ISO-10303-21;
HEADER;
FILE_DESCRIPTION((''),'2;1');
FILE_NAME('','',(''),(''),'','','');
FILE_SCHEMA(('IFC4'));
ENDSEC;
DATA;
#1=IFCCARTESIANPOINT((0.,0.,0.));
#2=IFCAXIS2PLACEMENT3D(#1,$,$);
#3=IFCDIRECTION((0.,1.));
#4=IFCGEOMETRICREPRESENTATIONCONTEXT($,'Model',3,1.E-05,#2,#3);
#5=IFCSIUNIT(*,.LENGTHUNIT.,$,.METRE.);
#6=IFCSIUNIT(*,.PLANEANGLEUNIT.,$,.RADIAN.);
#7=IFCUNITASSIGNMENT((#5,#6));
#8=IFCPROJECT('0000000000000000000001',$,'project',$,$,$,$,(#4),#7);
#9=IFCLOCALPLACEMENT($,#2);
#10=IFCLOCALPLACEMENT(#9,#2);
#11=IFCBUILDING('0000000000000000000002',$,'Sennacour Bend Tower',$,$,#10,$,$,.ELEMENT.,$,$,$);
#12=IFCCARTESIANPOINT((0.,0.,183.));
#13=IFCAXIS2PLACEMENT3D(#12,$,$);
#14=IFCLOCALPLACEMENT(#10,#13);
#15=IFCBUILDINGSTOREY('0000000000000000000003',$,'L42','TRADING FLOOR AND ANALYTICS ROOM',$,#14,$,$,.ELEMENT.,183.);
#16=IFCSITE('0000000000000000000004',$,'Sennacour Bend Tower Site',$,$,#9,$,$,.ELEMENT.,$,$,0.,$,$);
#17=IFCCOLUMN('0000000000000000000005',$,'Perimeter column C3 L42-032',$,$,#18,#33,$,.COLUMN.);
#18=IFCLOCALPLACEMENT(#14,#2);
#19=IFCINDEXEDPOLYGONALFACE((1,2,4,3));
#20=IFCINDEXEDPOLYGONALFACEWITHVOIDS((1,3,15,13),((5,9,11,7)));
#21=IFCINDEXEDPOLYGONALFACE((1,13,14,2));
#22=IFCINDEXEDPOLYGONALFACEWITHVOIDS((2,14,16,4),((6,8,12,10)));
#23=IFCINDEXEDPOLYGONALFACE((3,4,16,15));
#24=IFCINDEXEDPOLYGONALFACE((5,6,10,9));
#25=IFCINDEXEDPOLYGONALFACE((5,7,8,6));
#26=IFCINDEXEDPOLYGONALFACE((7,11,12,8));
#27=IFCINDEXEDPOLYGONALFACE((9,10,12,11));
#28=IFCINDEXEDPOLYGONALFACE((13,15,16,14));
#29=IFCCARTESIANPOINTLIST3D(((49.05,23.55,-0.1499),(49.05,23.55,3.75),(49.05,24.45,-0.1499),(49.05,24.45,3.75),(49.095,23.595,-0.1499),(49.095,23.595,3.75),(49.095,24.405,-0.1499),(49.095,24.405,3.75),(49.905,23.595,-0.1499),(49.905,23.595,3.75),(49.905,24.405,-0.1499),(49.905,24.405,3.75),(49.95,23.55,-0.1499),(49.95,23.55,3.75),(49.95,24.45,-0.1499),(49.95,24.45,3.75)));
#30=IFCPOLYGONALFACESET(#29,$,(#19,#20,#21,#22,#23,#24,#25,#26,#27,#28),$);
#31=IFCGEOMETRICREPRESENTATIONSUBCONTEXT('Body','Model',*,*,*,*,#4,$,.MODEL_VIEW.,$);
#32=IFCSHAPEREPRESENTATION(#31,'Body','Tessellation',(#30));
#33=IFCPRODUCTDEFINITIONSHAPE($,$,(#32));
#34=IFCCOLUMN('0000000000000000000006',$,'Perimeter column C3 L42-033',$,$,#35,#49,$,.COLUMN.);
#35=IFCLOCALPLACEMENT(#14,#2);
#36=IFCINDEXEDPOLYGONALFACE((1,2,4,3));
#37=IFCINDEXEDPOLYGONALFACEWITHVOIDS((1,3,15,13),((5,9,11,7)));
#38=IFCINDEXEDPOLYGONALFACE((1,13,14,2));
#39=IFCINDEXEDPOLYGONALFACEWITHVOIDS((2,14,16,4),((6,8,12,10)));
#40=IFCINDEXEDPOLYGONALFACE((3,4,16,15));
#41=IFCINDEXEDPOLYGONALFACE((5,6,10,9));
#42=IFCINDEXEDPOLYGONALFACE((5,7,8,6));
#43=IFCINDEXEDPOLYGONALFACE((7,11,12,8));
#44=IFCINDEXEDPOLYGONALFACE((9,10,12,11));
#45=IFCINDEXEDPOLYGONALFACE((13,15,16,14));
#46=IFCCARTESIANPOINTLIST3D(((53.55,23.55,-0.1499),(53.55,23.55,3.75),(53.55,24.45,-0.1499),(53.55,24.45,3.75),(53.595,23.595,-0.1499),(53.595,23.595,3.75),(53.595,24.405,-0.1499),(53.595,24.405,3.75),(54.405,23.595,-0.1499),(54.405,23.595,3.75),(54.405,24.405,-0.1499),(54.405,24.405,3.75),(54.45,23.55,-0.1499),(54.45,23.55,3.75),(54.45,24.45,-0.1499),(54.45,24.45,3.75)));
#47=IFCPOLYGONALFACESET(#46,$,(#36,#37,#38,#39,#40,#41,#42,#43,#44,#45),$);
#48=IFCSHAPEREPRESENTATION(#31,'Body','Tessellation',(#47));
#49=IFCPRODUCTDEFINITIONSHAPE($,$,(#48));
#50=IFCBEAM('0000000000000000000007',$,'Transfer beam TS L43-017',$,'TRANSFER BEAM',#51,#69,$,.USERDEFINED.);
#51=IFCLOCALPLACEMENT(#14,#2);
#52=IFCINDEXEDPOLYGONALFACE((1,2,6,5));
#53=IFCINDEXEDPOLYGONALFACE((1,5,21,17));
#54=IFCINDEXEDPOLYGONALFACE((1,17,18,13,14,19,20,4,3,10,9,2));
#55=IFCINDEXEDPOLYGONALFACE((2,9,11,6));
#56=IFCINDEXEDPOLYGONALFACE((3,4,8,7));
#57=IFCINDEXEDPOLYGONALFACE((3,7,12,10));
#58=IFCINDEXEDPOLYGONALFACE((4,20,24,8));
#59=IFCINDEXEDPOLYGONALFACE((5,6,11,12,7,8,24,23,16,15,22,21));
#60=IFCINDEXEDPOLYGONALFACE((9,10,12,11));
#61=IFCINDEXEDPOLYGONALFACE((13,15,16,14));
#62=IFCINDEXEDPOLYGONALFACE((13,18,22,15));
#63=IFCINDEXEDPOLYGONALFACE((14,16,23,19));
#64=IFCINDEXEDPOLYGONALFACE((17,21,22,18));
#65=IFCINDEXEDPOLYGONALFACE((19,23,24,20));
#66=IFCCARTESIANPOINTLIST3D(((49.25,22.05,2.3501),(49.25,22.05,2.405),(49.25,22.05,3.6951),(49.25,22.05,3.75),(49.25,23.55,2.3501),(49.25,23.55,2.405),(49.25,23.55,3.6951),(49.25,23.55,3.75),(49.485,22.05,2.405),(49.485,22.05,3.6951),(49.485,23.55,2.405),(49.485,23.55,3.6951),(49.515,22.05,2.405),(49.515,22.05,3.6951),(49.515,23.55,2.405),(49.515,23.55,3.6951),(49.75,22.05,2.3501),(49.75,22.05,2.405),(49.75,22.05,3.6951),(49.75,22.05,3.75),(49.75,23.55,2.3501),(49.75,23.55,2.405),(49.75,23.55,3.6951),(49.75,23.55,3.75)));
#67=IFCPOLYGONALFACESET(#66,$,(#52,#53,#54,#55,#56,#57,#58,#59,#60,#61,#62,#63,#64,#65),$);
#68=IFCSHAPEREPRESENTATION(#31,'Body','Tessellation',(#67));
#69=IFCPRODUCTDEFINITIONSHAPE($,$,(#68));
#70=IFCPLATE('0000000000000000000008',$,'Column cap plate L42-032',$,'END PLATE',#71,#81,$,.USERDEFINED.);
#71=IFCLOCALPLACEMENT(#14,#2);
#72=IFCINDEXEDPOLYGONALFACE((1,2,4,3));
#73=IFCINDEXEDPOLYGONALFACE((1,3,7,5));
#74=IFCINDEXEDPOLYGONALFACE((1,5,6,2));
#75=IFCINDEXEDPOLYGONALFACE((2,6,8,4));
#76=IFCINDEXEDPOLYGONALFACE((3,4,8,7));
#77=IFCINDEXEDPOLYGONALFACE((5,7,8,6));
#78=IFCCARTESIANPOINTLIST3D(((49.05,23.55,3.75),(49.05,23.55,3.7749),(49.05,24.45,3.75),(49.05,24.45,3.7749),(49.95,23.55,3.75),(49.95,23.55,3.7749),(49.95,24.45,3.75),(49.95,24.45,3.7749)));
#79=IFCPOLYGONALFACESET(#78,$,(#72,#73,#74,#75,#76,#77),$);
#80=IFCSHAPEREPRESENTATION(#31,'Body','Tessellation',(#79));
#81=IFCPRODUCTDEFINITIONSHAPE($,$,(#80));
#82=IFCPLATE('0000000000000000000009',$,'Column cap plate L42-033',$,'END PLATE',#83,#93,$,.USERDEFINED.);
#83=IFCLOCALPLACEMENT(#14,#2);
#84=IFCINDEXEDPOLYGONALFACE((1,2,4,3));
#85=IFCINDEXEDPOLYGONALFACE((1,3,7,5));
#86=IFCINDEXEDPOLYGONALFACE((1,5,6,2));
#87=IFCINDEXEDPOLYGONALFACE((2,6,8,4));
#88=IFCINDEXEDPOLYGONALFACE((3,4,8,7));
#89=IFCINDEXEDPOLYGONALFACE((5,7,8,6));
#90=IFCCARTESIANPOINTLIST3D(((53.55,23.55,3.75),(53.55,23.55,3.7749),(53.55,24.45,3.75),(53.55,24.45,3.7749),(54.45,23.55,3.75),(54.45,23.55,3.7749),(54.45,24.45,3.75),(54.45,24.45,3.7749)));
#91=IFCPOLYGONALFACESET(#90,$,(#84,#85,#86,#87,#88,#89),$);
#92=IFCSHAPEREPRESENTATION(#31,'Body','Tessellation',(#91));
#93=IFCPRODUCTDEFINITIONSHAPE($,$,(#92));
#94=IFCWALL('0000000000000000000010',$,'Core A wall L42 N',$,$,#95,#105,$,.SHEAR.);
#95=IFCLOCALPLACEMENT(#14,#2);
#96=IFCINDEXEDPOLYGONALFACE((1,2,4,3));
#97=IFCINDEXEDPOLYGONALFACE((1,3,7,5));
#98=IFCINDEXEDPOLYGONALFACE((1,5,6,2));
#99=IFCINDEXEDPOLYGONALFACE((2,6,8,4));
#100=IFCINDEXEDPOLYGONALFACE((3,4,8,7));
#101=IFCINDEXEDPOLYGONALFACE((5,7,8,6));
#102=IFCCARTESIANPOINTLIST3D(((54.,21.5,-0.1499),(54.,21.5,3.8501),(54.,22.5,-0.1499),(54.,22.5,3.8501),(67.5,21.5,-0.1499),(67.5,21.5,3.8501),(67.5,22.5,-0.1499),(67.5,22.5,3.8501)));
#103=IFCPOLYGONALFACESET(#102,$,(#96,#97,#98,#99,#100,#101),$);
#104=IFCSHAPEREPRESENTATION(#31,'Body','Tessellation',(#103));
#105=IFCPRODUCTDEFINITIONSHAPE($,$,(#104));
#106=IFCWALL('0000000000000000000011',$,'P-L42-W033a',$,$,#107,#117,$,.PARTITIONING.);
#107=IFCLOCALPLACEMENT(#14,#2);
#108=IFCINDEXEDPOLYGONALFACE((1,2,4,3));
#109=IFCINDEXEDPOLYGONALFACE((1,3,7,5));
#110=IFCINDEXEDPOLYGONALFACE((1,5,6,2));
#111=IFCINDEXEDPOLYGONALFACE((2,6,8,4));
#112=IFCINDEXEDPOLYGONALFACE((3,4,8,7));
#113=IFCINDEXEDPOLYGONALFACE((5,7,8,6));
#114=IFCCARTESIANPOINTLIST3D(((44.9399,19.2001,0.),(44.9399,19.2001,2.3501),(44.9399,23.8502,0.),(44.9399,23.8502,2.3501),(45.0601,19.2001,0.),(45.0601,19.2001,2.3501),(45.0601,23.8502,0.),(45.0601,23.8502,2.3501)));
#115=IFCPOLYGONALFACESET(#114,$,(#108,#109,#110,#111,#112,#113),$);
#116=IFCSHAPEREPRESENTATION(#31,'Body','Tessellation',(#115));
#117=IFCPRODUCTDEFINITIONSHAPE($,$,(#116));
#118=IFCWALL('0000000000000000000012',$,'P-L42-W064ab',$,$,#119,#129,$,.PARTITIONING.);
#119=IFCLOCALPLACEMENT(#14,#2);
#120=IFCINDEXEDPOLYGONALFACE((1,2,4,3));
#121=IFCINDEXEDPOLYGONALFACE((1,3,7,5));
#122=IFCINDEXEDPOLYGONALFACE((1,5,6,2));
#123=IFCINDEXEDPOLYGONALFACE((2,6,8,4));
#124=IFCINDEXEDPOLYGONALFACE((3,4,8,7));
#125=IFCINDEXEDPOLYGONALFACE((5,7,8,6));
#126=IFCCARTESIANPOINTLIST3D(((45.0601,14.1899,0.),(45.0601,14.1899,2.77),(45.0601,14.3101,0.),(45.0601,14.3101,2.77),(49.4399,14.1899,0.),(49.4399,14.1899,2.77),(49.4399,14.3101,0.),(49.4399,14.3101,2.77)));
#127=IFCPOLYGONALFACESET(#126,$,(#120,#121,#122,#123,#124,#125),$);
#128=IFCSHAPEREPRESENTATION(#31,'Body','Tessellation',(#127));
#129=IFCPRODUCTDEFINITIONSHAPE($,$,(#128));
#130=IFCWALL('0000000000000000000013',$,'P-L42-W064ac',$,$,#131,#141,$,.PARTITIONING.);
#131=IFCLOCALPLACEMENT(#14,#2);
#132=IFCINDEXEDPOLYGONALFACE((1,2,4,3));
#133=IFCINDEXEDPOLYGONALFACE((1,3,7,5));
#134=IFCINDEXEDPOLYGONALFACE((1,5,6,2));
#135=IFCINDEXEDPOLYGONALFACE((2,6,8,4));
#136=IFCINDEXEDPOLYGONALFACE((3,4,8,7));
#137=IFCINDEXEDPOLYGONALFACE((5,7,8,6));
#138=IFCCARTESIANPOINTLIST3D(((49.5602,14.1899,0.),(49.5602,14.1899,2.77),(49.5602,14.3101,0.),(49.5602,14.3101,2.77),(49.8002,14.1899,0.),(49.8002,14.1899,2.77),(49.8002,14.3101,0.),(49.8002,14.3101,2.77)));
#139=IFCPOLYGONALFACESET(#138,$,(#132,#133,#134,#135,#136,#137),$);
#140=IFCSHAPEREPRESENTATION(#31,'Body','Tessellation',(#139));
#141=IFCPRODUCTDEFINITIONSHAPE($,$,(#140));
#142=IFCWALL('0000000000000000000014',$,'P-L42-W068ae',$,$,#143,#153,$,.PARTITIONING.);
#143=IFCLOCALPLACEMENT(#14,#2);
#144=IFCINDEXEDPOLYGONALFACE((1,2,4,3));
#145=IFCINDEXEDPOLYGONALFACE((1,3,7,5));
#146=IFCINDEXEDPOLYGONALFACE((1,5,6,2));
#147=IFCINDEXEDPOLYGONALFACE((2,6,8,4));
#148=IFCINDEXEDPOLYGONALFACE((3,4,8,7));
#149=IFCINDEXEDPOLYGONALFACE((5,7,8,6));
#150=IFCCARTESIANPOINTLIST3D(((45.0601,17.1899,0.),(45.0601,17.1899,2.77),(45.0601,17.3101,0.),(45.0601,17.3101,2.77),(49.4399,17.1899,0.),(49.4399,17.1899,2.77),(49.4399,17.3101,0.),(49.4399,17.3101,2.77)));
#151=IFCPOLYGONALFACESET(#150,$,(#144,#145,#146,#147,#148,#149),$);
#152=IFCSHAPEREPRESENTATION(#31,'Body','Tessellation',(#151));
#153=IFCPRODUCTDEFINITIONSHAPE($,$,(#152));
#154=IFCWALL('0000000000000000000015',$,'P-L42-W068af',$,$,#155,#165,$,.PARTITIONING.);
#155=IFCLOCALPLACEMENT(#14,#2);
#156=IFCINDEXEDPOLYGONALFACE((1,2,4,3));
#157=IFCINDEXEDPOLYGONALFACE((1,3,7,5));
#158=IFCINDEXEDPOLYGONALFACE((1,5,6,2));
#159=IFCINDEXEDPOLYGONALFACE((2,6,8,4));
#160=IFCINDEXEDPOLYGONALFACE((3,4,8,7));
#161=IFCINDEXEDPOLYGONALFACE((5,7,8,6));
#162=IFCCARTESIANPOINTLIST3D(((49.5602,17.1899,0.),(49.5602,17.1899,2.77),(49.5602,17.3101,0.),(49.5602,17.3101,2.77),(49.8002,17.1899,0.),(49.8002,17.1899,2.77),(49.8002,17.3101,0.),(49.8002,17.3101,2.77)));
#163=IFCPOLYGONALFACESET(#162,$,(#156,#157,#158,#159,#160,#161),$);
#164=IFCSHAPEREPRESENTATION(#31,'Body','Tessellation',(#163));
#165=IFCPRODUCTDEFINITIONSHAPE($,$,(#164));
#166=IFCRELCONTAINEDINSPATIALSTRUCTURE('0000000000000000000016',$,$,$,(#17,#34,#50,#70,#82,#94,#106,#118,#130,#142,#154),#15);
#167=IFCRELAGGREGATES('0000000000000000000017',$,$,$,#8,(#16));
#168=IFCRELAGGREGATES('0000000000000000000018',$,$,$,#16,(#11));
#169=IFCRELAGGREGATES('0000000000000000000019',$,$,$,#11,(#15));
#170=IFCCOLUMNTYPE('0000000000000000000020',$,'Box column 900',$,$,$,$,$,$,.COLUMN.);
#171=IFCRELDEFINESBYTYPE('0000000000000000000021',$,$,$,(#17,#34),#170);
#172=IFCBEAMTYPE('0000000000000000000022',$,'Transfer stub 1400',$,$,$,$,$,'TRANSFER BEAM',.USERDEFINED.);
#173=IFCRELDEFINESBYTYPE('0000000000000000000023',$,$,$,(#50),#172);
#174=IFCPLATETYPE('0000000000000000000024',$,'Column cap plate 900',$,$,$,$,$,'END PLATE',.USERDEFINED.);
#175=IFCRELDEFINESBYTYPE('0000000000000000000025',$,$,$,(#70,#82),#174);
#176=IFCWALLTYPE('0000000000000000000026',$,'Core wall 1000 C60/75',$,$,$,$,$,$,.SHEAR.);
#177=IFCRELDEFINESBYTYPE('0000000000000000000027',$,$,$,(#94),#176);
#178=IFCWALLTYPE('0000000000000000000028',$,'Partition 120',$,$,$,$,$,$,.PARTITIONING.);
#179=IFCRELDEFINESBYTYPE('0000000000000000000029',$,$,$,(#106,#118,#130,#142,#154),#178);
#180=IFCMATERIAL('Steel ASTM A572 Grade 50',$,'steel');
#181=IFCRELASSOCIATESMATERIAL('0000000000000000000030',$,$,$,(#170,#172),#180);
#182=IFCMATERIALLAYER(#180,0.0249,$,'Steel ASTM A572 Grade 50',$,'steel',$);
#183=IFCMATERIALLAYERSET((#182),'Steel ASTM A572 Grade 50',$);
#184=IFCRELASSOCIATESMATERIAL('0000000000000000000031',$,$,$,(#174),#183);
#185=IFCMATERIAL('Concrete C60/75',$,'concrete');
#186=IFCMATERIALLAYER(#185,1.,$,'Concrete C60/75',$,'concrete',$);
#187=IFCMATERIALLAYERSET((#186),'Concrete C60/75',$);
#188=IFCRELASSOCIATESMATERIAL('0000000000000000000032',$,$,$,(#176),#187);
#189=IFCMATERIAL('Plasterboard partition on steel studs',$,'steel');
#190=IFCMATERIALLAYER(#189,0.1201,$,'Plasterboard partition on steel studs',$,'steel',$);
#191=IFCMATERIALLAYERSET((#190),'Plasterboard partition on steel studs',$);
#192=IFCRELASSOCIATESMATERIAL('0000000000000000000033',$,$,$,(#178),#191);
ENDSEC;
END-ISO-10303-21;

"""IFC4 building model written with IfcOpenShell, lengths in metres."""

from ifc_helpers import new_model, si_unit, direction, frame, frame_2d, origin, origin_2d, place, context, subcontext, project, spatial, rectangle, hollow_rectangle, i_section, extrude, material, layer, layer_set, material_profile, profile_set, type_object, element, save


model = new_model("IFC4")

# Units and contexts
model_context = context("Model", 3, precision=1e-05, world=origin(), true_north=direction((0.0, 1.0)))
body_context = subcontext(model_context, "Body", "Model", "MODEL_VIEW")
ifc_project = project(units=[si_unit("LENGTHUNIT", "METRE"), si_unit("PLANEANGLEUNIT", "RADIAN")], contexts=[model_context])

# Site, building, storey
site_placement = place(None, origin())
site = spatial("IfcSite", under=ifc_project, at=site_placement, Name="Sennacour Bend Tower Site", CompositionType="ELEMENT", RefElevation=0.0)
building_placement = place(site_placement, origin())
building = spatial("IfcBuilding", under=site, at=building_placement, Name="Sennacour Bend Tower", CompositionType="ELEMENT")
storey_placement = place(building_placement, frame((0.0, 0.0, 183.0)))
storey = spatial("IfcBuildingStorey", under=building, at=storey_placement, Name="L42", Description="TRADING FLOOR AND ANALYTICS ROOM", CompositionType="ELEMENT", Elevation=183.0)

# Columns
ifc_material_1 = material(Name="Steel ASTM A572 Grade 50", Category="steel")
ifc_material_profile_1 = material_profile(ifc_material_1, hollow_rectangle(XDim=0.8999, YDim=0.8999, WallThickness=0.0449, at=origin_2d()), Name="Steel ASTM A572 Grade 50", Category="steel")
ifc_profile_set_1 = profile_set([ifc_material_profile_1], Name="Steel ASTM A572 Grade 50")
column_type = type_object("IfcColumnType", Name="Box column 900", PredefinedType="COLUMN", material=ifc_profile_set_1)
for number, where, z_axis, x_axis, name in (
    (1, (49.5, 24.0, -0.1499), (0.0, 0.0, 1.0), (1.0, 0.0, 0.0), "Perimeter column C3 L42-032"),
    (2, (54.0, 24.0, -0.1499), (0.0, 0.0, 1.0), (1.0, 0.0, 0.0), "Perimeter column C3 L42-033"),
):
    element("IfcColumn", number, at=place(storey_placement, frame(where, z_axis=z_axis, x_axis=x_axis)), inside=storey, type_object=column_type, Name=name, PredefinedType="COLUMN", context=body_context, shape_type="SweptSolid", body=[
        extrude(hollow_rectangle(XDim=0.8999, YDim=0.8999, WallThickness=0.0449, at=origin_2d()), origin(), (0.0, 0.0, 1.0), 3.8999),
    ])

# Beam
ifc_material_profile_2 = material_profile(ifc_material_1, i_section(OverallWidth=0.5, OverallDepth=1.3999, WebThickness=0.03, FlangeThickness=0.0549, at=origin_2d()), Name="Steel ASTM A572 Grade 50", Category="steel")
ifc_profile_set_2 = profile_set([ifc_material_profile_2], Name="Steel ASTM A572 Grade 50")
beam_type = type_object("IfcBeamType", Name="Transfer stub 1400", ElementType="TRANSFER BEAM", PredefinedType="USERDEFINED", material=ifc_profile_set_2)
beam_placement = place(storey_placement, frame((49.5, 23.55, 3.05), z_axis=(0.0, -1.0, 0.0), x_axis=(1.0, 0.0, 0.0)))
element("IfcBeam", 3, at=beam_placement, inside=storey, type_object=beam_type, Name="Transfer beam TS L43-017", ObjectType="TRANSFER BEAM", PredefinedType="USERDEFINED", context=body_context, shape_type="SweptSolid", body=[
    extrude(i_section(OverallWidth=0.5, OverallDepth=1.3999, WebThickness=0.03, FlangeThickness=0.0549, at=origin_2d()), origin(), (0.0, 0.0, 1.0), 1.5),
])

# Plates
ifc_layer_1 = layer(ifc_material_1, 0.0249, Name="Steel ASTM A572 Grade 50", Category="steel")
ifc_layer_set_1 = layer_set([ifc_layer_1], Name="Steel ASTM A572 Grade 50")
plate_type = type_object("IfcPlateType", Name="Column cap plate 900", ElementType="END PLATE", PredefinedType="USERDEFINED", material=ifc_layer_set_1)
for number, where, z_axis, x_axis, name in (
    (4, (49.5, 24.0, 3.75), (0.0, 0.0, 1.0), (1.0, 0.0, 0.0), "Column cap plate L42-032"),
    (5, (54.0, 24.0, 3.75), (0.0, 0.0, 1.0), (1.0, 0.0, 0.0), "Column cap plate L42-033"),
):
    element("IfcPlate", number, at=place(storey_placement, frame(where, z_axis=z_axis, x_axis=x_axis)), inside=storey, type_object=plate_type, Name=name, ObjectType="END PLATE", PredefinedType="USERDEFINED", context=body_context, shape_type="SweptSolid", body=[
        extrude(rectangle(XDim=0.8999, YDim=0.8999, at=origin_2d()), origin(), (0.0, 0.0, 1.0), 0.0249),
    ])

# Walls
ifc_material_2 = material(Name="Concrete C60/75", Category="concrete")
ifc_layer_2 = layer(ifc_material_2, 1.0, Name="Concrete C60/75", Category="concrete")
ifc_layer_set_2 = layer_set([ifc_layer_2], Name="Concrete C60/75")
wall_type_1 = type_object("IfcWallType", Name="Core wall 1000 C60/75", PredefinedType="SHEAR", material=ifc_layer_set_2)
wall_1_placement = place(storey_placement, frame((54.0, 22.0, -0.1499), z_axis=(0.0, 0.0, 1.0), x_axis=(1.0, 0.0, 0.0)))
element("IfcWall", 6, at=wall_1_placement, inside=storey, type_object=wall_type_1, Name="Core A wall L42 N", PredefinedType="SHEAR", context=body_context, shape_type="SweptSolid", body=[
    extrude(rectangle(XDim=13.5, YDim=1.0, at=frame_2d((6.75, 0.0))), origin(), (0.0, 0.0, 1.0), 4.0),
])
ifc_material_3 = material(Name="Plasterboard partition on steel studs", Category="steel")
ifc_layer_3 = layer(ifc_material_3, 0.1201, Name="Plasterboard partition on steel studs", Category="steel")
ifc_layer_set_3 = layer_set([ifc_layer_3], Name="Plasterboard partition on steel studs")
wall_type_2 = type_object("IfcWallType", Name="Partition 120", PredefinedType="PARTITIONING", material=ifc_layer_set_3)
wall_2_placement = place(storey_placement, frame((45.0, 19.2, 0.0), z_axis=(0.0, 0.0, 1.0), x_axis=(0.0, 1.0, 0.0)))
element("IfcWall", 7, at=wall_2_placement, inside=storey, type_object=wall_type_2, Name="P-L42-W033a", PredefinedType="PARTITIONING", context=body_context, shape_type="SweptSolid", body=[
    extrude(rectangle(XDim=4.6501, YDim=0.1201, at=frame_2d((2.3252, 0.0))), origin(), (0.0, 0.0, 1.0), 2.3501),
])
wall_3_placement = place(storey_placement, frame((45.0601, 14.25, 0.0), z_axis=(0.0, 0.0, 1.0), x_axis=(1.0, 0.0, 0.0)))
element("IfcWall", 8, at=wall_3_placement, inside=storey, type_object=wall_type_2, Name="P-L42-W064ab", PredefinedType="PARTITIONING", context=body_context, shape_type="SweptSolid", body=[
    extrude(rectangle(XDim=4.3799, YDim=0.1201, at=frame_2d((2.1899, 0.0))), origin(), (0.0, 0.0, 1.0), 2.77),
])
wall_4_placement = place(storey_placement, frame((49.5601, 14.25, 0.0), z_axis=(0.0, 0.0, 1.0), x_axis=(1.0, 0.0, 0.0)))
element("IfcWall", 9, at=wall_4_placement, inside=storey, type_object=wall_type_2, Name="P-L42-W064ac", PredefinedType="PARTITIONING", context=body_context, shape_type="SweptSolid", body=[
    extrude(rectangle(XDim=0.24, YDim=0.1201, at=frame_2d((0.1201, 0.0))), origin(), (0.0, 0.0, 1.0), 2.77),
])
wall_5_placement = place(storey_placement, frame((45.0601, 17.25, 0.0), z_axis=(0.0, 0.0, 1.0), x_axis=(1.0, 0.0, 0.0)))
element("IfcWall", 10, at=wall_5_placement, inside=storey, type_object=wall_type_2, Name="P-L42-W068ae", PredefinedType="PARTITIONING", context=body_context, shape_type="SweptSolid", body=[
    extrude(rectangle(XDim=4.3799, YDim=0.1201, at=frame_2d((2.1899, 0.0))), origin(), (0.0, 0.0, 1.0), 2.77),
])
wall_6_placement = place(storey_placement, frame((49.5601, 17.25, 0.0), z_axis=(0.0, 0.0, 1.0), x_axis=(1.0, 0.0, 0.0)))
element("IfcWall", 11, at=wall_6_placement, inside=storey, type_object=wall_type_2, Name="P-L42-W068af", PredefinedType="PARTITIONING", context=body_context, shape_type="SweptSolid", body=[
    extrude(rectangle(XDim=0.24, YDim=0.1201, at=frame_2d((0.1201, 0.0))), origin(), (0.0, 0.0, 1.0), 2.77),
])

save(model, "model.ifc")
